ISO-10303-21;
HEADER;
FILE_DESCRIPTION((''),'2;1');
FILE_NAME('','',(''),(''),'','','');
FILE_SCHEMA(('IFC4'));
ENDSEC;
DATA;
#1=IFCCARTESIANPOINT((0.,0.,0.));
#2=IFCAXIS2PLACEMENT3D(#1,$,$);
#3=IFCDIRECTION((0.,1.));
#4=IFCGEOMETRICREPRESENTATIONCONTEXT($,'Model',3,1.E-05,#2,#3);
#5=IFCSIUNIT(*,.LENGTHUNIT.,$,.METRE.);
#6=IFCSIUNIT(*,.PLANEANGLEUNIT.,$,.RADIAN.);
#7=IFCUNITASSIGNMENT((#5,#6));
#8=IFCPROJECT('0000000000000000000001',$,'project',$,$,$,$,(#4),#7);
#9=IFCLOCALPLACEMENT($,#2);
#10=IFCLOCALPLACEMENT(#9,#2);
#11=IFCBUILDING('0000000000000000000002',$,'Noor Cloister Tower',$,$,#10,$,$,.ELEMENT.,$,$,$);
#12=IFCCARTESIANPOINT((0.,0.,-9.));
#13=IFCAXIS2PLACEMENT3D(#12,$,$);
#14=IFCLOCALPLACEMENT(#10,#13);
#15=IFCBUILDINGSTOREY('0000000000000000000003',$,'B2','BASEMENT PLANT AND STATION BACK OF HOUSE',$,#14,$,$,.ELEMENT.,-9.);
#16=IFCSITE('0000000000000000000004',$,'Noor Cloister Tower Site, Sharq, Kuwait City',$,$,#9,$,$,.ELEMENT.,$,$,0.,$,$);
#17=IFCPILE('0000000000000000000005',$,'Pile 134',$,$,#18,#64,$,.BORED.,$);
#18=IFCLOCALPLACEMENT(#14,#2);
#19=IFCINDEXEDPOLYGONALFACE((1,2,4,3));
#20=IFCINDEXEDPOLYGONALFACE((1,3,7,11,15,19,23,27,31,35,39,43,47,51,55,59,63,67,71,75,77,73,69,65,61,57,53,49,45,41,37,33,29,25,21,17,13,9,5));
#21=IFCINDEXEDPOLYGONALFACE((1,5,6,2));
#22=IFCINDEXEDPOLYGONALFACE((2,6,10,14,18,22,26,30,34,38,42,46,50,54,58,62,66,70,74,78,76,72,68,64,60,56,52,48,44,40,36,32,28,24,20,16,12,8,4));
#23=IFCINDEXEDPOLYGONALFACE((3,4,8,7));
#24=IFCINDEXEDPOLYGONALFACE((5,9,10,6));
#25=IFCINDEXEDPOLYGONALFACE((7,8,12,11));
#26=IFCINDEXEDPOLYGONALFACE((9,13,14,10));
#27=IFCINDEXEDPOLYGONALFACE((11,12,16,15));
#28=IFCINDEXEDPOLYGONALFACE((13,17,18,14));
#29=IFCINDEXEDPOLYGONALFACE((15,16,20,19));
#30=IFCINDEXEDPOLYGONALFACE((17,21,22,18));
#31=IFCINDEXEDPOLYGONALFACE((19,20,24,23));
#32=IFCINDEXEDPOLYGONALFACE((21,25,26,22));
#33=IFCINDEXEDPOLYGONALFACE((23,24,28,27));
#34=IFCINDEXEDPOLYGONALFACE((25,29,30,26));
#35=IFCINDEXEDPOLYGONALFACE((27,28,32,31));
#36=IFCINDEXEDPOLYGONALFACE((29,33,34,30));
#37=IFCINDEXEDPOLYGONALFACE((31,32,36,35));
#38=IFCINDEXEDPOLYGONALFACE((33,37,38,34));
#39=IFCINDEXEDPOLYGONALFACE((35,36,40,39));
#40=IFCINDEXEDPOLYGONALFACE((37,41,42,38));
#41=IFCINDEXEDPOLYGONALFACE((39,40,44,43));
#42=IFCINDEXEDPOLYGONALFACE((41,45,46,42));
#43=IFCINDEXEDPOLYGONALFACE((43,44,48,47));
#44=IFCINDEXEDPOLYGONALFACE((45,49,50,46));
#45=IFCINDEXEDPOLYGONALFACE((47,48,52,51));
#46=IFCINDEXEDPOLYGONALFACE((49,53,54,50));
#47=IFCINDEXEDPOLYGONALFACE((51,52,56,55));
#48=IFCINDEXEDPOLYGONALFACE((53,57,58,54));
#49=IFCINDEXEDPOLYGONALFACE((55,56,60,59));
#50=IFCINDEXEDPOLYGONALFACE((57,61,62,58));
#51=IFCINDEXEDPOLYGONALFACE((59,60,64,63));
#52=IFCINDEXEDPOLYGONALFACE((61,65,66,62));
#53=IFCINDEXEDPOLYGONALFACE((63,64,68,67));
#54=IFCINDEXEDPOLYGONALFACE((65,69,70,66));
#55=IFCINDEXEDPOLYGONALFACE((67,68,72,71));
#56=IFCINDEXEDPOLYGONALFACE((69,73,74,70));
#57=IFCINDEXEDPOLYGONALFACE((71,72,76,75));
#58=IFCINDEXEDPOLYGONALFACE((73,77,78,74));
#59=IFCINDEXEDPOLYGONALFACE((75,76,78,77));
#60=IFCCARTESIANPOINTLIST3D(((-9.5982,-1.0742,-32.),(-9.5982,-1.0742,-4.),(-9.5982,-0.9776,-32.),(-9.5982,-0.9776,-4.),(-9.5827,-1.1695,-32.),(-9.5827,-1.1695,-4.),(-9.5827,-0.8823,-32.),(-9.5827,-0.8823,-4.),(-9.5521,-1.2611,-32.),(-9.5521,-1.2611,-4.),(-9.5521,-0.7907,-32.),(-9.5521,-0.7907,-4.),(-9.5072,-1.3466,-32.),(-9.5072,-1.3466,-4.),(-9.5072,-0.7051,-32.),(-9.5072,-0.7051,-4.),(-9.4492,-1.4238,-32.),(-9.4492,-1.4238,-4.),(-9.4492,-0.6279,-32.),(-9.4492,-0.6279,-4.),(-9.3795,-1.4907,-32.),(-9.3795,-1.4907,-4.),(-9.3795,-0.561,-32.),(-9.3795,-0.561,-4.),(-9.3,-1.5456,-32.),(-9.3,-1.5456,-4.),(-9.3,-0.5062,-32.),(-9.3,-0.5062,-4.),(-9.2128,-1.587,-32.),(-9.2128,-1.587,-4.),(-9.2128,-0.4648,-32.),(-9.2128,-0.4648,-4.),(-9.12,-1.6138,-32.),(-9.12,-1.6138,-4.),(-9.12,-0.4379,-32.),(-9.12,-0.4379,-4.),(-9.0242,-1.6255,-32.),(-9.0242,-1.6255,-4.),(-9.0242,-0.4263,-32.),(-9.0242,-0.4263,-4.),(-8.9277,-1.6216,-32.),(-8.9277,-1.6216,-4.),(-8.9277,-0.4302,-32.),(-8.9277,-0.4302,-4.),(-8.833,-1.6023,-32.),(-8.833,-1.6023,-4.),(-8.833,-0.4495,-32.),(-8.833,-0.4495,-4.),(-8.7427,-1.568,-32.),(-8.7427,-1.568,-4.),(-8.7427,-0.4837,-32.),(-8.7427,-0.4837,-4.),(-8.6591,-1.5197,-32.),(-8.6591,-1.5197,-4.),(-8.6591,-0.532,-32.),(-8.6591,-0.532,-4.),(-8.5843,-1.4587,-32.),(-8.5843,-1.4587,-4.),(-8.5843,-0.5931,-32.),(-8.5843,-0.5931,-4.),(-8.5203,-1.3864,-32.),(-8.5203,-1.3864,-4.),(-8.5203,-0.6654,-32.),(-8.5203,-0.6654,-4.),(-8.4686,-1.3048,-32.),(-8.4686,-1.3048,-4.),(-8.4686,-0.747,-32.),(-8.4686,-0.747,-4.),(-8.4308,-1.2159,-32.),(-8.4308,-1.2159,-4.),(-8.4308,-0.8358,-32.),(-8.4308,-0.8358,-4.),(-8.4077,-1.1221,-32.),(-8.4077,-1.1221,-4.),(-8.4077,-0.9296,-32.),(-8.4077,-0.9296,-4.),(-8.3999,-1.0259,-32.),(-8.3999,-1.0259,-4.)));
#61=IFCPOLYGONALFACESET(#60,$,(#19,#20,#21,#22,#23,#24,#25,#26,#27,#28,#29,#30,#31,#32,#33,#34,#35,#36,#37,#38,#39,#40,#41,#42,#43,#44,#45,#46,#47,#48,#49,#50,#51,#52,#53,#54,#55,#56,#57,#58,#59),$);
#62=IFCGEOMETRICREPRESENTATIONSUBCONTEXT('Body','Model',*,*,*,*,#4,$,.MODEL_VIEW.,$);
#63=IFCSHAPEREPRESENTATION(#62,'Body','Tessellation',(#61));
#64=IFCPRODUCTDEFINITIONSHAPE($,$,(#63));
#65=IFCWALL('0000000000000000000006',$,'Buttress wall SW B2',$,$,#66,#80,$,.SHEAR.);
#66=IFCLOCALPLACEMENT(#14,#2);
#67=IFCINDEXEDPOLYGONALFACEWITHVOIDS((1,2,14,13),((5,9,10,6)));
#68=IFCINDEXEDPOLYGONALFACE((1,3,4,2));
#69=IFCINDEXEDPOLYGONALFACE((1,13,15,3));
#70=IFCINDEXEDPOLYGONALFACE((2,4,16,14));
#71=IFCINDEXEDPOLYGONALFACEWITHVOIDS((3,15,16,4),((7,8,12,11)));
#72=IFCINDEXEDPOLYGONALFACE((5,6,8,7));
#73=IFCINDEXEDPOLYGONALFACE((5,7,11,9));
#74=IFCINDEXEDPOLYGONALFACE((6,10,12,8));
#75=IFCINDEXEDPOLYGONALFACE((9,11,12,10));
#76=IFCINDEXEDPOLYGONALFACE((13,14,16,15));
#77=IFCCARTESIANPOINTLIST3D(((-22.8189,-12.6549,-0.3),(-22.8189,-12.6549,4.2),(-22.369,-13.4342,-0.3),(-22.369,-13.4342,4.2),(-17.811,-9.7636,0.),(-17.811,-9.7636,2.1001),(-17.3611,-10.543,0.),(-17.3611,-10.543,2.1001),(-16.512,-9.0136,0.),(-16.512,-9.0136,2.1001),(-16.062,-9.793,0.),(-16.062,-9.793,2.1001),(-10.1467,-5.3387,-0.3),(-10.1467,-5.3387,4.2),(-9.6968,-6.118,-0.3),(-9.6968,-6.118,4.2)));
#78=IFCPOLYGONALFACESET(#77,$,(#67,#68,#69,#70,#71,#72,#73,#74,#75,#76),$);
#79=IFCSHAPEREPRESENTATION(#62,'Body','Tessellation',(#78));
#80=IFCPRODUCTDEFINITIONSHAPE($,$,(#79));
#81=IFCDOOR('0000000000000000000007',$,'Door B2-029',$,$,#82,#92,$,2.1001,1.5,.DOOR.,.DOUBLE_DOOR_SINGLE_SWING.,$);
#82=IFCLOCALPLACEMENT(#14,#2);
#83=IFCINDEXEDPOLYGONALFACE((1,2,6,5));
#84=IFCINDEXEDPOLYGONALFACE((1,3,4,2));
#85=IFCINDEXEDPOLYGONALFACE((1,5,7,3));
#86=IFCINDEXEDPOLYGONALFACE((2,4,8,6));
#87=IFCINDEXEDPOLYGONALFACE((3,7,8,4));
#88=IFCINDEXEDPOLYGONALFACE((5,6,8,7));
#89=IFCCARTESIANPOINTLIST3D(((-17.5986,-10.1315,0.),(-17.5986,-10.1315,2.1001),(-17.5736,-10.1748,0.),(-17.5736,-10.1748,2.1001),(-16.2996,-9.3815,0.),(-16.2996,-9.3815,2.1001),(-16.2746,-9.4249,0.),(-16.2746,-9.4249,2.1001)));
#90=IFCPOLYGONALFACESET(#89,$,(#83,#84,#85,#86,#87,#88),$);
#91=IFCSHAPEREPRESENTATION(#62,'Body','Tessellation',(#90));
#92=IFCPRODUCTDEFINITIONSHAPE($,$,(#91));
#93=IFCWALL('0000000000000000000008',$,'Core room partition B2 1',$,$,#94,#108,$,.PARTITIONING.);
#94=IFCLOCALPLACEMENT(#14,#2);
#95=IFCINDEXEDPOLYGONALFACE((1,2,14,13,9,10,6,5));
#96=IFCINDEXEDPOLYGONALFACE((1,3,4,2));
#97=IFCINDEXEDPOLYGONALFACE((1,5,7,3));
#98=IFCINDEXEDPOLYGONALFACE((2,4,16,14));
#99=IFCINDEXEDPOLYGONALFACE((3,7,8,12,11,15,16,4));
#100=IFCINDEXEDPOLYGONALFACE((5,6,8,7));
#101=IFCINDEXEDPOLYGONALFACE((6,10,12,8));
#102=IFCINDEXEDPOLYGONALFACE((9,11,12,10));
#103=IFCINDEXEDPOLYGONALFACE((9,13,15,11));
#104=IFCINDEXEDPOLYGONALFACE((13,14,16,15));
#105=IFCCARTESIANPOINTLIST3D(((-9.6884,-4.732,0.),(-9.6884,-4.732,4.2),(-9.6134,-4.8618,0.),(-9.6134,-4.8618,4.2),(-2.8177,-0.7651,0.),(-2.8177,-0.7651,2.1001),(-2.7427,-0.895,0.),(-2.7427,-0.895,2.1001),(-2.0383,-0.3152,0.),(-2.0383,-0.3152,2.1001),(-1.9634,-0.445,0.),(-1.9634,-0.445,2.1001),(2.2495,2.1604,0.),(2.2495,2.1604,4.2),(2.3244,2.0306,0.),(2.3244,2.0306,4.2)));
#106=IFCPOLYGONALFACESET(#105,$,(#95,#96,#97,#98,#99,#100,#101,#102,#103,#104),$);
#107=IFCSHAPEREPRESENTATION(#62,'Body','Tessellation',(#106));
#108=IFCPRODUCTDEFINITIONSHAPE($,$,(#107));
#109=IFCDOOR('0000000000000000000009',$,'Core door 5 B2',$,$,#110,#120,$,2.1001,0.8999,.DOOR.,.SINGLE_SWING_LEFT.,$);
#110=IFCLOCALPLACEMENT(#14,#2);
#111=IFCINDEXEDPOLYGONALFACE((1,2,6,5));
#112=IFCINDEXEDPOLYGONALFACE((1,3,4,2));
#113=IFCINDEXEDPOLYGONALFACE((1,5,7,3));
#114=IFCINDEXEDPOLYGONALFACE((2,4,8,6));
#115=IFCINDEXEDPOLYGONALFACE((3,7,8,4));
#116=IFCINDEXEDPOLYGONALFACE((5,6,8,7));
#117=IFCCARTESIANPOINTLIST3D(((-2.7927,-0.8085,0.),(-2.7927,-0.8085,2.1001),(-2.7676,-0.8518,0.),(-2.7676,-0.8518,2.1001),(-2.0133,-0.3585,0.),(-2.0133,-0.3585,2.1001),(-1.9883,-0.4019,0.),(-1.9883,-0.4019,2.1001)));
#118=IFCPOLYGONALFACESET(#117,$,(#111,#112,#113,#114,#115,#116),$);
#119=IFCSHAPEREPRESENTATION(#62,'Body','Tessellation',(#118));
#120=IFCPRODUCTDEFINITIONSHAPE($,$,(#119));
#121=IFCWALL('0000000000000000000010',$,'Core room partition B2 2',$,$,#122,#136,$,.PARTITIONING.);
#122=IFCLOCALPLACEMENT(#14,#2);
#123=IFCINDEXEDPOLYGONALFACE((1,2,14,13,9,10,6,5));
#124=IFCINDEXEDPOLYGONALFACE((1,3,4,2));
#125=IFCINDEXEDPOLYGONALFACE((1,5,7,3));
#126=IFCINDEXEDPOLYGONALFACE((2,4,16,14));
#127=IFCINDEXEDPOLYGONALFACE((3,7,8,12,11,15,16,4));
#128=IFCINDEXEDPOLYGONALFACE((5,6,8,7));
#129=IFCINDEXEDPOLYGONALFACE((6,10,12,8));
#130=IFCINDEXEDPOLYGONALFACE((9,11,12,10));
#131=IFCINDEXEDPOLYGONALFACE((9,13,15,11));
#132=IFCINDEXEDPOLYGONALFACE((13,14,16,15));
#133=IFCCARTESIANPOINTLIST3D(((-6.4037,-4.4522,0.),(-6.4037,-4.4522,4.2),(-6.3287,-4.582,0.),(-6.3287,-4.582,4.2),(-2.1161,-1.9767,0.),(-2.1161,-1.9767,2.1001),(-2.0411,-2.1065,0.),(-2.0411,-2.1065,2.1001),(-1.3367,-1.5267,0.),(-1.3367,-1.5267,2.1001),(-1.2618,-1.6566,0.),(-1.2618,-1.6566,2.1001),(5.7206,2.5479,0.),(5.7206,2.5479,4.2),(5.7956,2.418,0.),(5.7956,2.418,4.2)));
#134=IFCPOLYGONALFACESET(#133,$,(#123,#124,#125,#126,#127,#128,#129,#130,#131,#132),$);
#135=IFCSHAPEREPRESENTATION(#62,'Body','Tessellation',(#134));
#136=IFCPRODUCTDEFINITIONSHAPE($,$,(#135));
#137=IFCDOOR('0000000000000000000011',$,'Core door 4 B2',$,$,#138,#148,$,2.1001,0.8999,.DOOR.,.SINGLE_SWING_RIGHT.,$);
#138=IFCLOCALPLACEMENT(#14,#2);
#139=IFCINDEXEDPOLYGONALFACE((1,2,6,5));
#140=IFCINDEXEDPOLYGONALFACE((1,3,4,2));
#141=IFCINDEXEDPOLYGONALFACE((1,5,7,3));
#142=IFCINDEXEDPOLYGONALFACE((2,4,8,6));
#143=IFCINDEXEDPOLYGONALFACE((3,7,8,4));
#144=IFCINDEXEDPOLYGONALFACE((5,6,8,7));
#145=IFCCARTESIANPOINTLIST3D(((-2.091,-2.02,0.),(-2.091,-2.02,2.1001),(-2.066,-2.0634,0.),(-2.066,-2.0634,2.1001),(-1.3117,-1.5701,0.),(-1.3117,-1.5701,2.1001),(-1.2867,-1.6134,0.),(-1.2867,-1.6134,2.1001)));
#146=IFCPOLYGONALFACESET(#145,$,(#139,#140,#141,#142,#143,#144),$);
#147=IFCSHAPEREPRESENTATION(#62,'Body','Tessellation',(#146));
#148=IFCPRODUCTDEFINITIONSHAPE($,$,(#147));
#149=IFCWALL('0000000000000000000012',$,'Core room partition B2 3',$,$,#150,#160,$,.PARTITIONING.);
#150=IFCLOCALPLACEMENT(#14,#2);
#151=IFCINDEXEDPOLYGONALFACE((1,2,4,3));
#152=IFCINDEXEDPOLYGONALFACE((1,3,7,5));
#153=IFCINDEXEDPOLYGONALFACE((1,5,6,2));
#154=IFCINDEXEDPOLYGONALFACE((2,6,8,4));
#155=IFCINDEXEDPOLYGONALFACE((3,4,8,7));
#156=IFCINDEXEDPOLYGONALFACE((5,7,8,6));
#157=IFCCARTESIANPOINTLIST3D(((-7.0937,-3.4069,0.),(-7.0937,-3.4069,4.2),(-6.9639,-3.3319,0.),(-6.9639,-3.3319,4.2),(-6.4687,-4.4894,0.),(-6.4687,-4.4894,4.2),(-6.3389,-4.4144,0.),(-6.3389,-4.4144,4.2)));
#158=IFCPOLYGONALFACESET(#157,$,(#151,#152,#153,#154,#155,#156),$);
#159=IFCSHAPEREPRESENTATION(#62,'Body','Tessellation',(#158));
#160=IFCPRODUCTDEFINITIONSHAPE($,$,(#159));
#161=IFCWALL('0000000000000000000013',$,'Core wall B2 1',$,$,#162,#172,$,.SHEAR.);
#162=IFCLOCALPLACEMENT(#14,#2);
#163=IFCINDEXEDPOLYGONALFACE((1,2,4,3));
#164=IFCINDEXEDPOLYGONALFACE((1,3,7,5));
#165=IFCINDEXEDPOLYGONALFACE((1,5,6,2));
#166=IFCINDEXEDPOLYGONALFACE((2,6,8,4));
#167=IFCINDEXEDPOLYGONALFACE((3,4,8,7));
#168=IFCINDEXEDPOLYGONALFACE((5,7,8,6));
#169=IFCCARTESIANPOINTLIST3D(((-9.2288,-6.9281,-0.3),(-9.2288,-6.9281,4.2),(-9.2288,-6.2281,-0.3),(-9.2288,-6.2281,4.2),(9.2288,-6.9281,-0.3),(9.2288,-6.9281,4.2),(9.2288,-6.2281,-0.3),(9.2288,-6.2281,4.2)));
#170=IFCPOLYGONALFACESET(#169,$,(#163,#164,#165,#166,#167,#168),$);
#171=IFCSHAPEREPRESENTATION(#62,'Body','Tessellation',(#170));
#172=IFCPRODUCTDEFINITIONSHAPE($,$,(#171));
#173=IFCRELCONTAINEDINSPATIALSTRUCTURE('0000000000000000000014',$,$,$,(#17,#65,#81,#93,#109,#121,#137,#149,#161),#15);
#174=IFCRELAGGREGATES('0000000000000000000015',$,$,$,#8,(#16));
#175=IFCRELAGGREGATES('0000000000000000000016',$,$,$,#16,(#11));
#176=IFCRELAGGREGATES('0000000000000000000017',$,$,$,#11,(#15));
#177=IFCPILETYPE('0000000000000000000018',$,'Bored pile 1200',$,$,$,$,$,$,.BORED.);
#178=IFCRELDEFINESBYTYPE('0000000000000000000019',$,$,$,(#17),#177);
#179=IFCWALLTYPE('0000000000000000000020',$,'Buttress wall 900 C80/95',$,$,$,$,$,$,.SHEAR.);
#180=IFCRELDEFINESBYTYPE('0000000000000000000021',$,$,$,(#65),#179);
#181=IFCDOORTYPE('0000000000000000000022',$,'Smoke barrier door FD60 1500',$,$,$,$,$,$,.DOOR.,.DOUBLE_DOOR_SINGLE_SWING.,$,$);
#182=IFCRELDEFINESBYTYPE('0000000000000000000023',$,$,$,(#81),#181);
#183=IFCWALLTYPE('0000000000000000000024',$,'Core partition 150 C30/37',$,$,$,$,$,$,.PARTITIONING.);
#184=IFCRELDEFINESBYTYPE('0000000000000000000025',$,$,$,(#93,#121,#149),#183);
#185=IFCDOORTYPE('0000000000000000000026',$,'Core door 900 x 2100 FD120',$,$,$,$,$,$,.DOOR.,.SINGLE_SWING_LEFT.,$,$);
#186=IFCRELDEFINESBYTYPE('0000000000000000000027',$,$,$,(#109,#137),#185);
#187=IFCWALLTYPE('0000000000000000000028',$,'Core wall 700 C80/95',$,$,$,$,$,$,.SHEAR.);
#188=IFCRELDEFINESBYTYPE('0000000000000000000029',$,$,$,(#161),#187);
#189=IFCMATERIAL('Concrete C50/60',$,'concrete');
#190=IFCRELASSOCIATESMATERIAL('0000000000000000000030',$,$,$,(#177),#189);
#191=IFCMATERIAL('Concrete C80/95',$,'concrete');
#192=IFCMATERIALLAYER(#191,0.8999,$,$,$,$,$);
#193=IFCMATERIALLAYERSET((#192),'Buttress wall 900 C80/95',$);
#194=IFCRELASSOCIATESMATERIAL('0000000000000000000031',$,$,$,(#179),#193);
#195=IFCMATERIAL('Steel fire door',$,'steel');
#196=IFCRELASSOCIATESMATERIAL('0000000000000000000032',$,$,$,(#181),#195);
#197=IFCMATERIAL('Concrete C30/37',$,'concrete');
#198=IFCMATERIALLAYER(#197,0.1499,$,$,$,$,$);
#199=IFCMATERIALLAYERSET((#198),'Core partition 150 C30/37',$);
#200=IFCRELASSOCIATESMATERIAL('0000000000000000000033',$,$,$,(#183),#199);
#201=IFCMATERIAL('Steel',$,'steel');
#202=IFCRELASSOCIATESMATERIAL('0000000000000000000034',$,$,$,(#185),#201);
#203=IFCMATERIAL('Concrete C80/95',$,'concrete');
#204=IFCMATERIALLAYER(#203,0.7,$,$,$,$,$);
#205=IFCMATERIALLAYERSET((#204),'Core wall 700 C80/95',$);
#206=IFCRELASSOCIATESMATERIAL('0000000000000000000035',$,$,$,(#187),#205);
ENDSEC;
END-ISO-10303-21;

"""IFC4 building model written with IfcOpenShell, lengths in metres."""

from ifc_helpers import new_model, si_unit, direction, frame, frame_2d, origin, origin_2d, place, context, subcontext, project, spatial, rectangle, circle, extrude, material, layer, layer_set, material_profile, profile_set, type_object, element, fill, save


model = new_model("IFC4")

# Units and contexts
model_context = context("Model", 3, precision=1e-05, world=origin(), true_north=direction((0.0, 1.0)))
body_context = subcontext(model_context, "Body", "Model", "MODEL_VIEW")
ifc_project = project(units=[si_unit("LENGTHUNIT", "METRE"), si_unit("PLANEANGLEUNIT", "RADIAN")], contexts=[model_context])

# Site, building, storey
site_placement = place(None, origin())
site = spatial("IfcSite", under=ifc_project, at=site_placement, Name="Noor Cloister Tower Site, Sharq, Kuwait City", CompositionType="ELEMENT", RefElevation=0.0)
building_placement = place(site_placement, origin())
building = spatial("IfcBuilding", under=site, at=building_placement, Name="Noor Cloister Tower", CompositionType="ELEMENT")
storey_placement = place(building_placement, frame((0.0, 0.0, -9.0)))
storey = spatial("IfcBuildingStorey", under=building, at=storey_placement, Name="B2", Description="BASEMENT PLANT AND STATION BACK OF HOUSE", CompositionType="ELEMENT", Elevation=-9.0)

# Pile
ifc_material_1 = material(Name="Concrete C50/60", Category="concrete")
ifc_material_profile = material_profile(ifc_material_1, circle(Radius=0.6001, at=origin_2d()), Name="Bored pile 1200")
ifc_profile_set = profile_set([ifc_material_profile], Name="Concrete C50/60")
pile_type = type_object("IfcPileType", Name="Bored pile 1200", PredefinedType="BORED", material=ifc_profile_set)
for number, where, z_axis, x_axis, name in (
    (1, (-9.0, -1.0259, -4.0), (0.0, 0.0, -1.0), (1.0, 0.0, 0.0), "Pile 134"),
):
    element("IfcPile", number, at=place(storey_placement, frame(where, z_axis=z_axis, x_axis=x_axis)), inside=storey, type_object=pile_type, Name=name, PredefinedType="BORED", context=body_context, shape_type="SweptSolid", body=[
        extrude(circle(Radius=0.6001, at=origin_2d()), origin(), (0.0, 0.0, 1.0), 28.0),
    ])

# Walls, openings, doors
ifc_material_2 = material(Name="Concrete C80/95", Category="concrete")
ifc_layer_1 = layer(ifc_material_2, 0.8999)
ifc_layer_set_1 = layer_set([ifc_layer_1], Name="Buttress wall 900 C80/95")
wall_type_1 = type_object("IfcWallType", Name="Buttress wall 900 C80/95", PredefinedType="SHEAR", material=ifc_layer_set_1)
wall_1_placement = place(storey_placement, frame((-9.9216, -5.7283, -0.3), z_axis=(0.0, 0.0, 1.0), x_axis=(-0.866028, -0.499995, 0.0)))
wall_1 = element("IfcWall", 2, at=wall_1_placement, inside=storey, type_object=wall_type_1, Name="Buttress wall SW B2", PredefinedType="SHEAR", context=body_context, shape_type="SweptSolid", body=[
    extrude(rectangle(XDim=14.6326, YDim=0.8999, at=frame_2d((7.3164, 0.0))), origin(), (0.0, 0.0, 1.0), 4.5),
])
opening_1_placement = place(wall_1_placement, frame((7.3501, 0.0, 0.3)))
opening_1 = element("IfcOpeningElement", 3, at=opening_1_placement, cuts=wall_1, PredefinedType="OPENING", context=body_context, shape_type="SweptSolid", body=[
    extrude(rectangle(XDim=1.5, YDim=2.1001, at=frame_2d((0.75, 1.05))), frame((0.0, 0.46, 0.0), z_axis=(0.0, -1.0, 0.0), x_axis=(1.0, 0.0, 0.0)), (0.0, 0.0, 1.0), 0.9199),
])
ifc_material_3 = material(Name="Steel fire door", Category="steel")
door_type_1 = type_object("IfcDoorType", Name="Smoke barrier door FD60 1500", OperationType="DOUBLE_DOOR_SINGLE_SWING", PredefinedType="DOOR", material=ifc_material_3)
door_1_placement = place(opening_1_placement, origin())
door_1 = element("IfcDoor", 4, at=door_1_placement, inside=storey, type_object=door_type_1, Name="Door B2-029", OperationType="DOUBLE_DOOR_SINGLE_SWING", OverallHeight=2.1001, OverallWidth=1.5, PredefinedType="DOOR", context=body_context, shape_type="SweptSolid", body=[
    extrude(rectangle(XDim=1.5, YDim=2.1001, at=frame_2d((0.75, 1.05))), frame((0.0, 0.0249, 0.0), z_axis=(0.0, -1.0, 0.0), x_axis=(1.0, 0.0, 0.0)), (0.0, 0.0, 1.0), 0.05),
])
fill(opening_1, door_1)
ifc_material_4 = material(Name="Concrete C30/37", Category="concrete")
ifc_layer_2 = layer(ifc_material_4, 0.1499)
ifc_layer_set_2 = layer_set([ifc_layer_2], Name="Core partition 150 C30/37")
wall_type_2 = type_object("IfcWallType", Name="Core partition 150 C30/37", PredefinedType="PARTITIONING", material=ifc_layer_set_2)
wall_2_placement = place(storey_placement, frame((-9.6509, -4.7969, 0.0), z_axis=(0.0, 0.0, 1.0), x_axis=(0.866023, 0.500004, 0.0)))
wall_2 = element("IfcWall", 5, at=wall_2_placement, inside=storey, type_object=wall_type_2, Name="Core room partition B2 1", PredefinedType="PARTITIONING", context=body_context, shape_type="SweptSolid", body=[
    extrude(rectangle(XDim=13.7847, YDim=0.1499, at=frame_2d((6.8923, 0.0))), origin(), (0.0, 0.0, 1.0), 4.2),
])
opening_2_placement = place(wall_2_placement, frame((7.9336, 0.0, 0.0)))
opening_2 = element("IfcOpeningElement", 6, at=opening_2_placement, cuts=wall_2, PredefinedType="OPENING", context=body_context, shape_type="SweptSolid", body=[
    extrude(rectangle(XDim=0.8999, YDim=2.1001, at=frame_2d((0.45, 1.05))), frame((0.0, 0.085, 0.0), z_axis=(0.0, -1.0, 0.0), x_axis=(1.0, 0.0, 0.0)), (0.0, 0.0, 1.0), 0.1699),
])
ifc_material_5 = material(Name="Steel", Category="steel")
door_type_2 = type_object("IfcDoorType", Name="Core door 900 x 2100 FD120", OperationType="SINGLE_SWING_LEFT", PredefinedType="DOOR", material=ifc_material_5)
door_2_placement = place(opening_2_placement, origin())
door_2 = element("IfcDoor", 7, at=door_2_placement, inside=storey, type_object=door_type_2, Name="Core door 5 B2", OperationType="SINGLE_SWING_LEFT", OverallHeight=2.1001, OverallWidth=0.8999, PredefinedType="DOOR", context=body_context, shape_type="SweptSolid", body=[
    extrude(rectangle(XDim=0.8999, YDim=2.1001, at=frame_2d((0.45, 1.05))), frame((0.0, 0.0249, 0.0), z_axis=(0.0, -1.0, 0.0), x_axis=(1.0, 0.0, 0.0)), (0.0, 0.0, 1.0), 0.05),
])
fill(opening_2, door_2)
wall_3_placement = place(storey_placement, frame((-6.3662, -4.5171, 0.0), z_axis=(0.0, 0.0, 1.0), x_axis=(0.866024, 0.500003, 0.0)))
wall_3 = element("IfcWall", 8, at=wall_3_placement, inside=storey, type_object=wall_type_2, Name="Core room partition B2 2", PredefinedType="PARTITIONING", context=body_context, shape_type="SweptSolid", body=[
    extrude(rectangle(XDim=14.0, YDim=0.1499, at=frame_2d((7.0, 0.0))), origin(), (0.0, 0.0, 1.0), 4.2),
])
opening_3_placement = place(wall_3_placement, frame((4.9509, 0.0, 0.0)))
opening_3 = element("IfcOpeningElement", 9, at=opening_3_placement, cuts=wall_3, PredefinedType="OPENING", context=body_context, shape_type="SweptSolid", body=[
    extrude(rectangle(XDim=0.8999, YDim=2.1001, at=frame_2d((0.45, 1.05))), frame((0.0, 0.085, 0.0), z_axis=(0.0, -1.0, 0.0), x_axis=(1.0, 0.0, 0.0)), (0.0, 0.0, 1.0), 0.1699),
])
door_3_placement = place(opening_3_placement, origin())
door_3 = element("IfcDoor", 10, at=door_3_placement, inside=storey, type_object=door_type_2, Name="Core door 4 B2", OperationType="SINGLE_SWING_RIGHT", OverallHeight=2.1001, OverallWidth=0.8999, PredefinedType="DOOR", context=body_context, shape_type="SweptSolid", body=[
    extrude(rectangle(XDim=0.8999, YDim=2.1001, at=frame_2d((0.45, 1.05))), frame((0.0, 0.0249, 0.0), z_axis=(0.0, -1.0, 0.0), x_axis=(1.0, 0.0, 0.0)), (0.0, 0.0, 1.0), 0.05),
])
fill(opening_3, door_3)

# Walls
wall_4_placement = place(storey_placement, frame((-6.4038, -4.4519, 0.0), z_axis=(0.0, 0.0, 1.0), x_axis=(-0.500004, 0.866023, 0.0)))
element("IfcWall", 11, at=wall_4_placement, inside=storey, type_object=wall_type_2, Name="Core room partition B2 3", PredefinedType="PARTITIONING", context=body_context, shape_type="SweptSolid", body=[
    extrude(rectangle(XDim=1.25, YDim=0.1499, at=frame_2d((0.625, 0.0))), origin(), (0.0, 0.0, 1.0), 4.2),
])
ifc_material_6 = material(Name="Concrete C80/95", Category="concrete")
ifc_layer_3 = layer(ifc_material_6, 0.7)
ifc_layer_set_3 = layer_set([ifc_layer_3], Name="Core wall 700 C80/95")
wall_type_3 = type_object("IfcWallType", Name="Core wall 700 C80/95", PredefinedType="SHEAR", material=ifc_layer_set_3)
wall_5_placement = place(storey_placement, frame((-9.2288, -6.5781, -0.3), z_axis=(0.0, 0.0, 1.0), x_axis=(1.0, 0.0, 0.0)))
element("IfcWall", 12, at=wall_5_placement, inside=storey, type_object=wall_type_3, Name="Core wall B2 1", PredefinedType="SHEAR", context=body_context, shape_type="SweptSolid", body=[
    extrude(rectangle(XDim=18.4575, YDim=0.7, at=frame_2d((9.2288, 0.0))), origin(), (0.0, 0.0, 1.0), 4.5),
])

save(model, "model.ifc")
